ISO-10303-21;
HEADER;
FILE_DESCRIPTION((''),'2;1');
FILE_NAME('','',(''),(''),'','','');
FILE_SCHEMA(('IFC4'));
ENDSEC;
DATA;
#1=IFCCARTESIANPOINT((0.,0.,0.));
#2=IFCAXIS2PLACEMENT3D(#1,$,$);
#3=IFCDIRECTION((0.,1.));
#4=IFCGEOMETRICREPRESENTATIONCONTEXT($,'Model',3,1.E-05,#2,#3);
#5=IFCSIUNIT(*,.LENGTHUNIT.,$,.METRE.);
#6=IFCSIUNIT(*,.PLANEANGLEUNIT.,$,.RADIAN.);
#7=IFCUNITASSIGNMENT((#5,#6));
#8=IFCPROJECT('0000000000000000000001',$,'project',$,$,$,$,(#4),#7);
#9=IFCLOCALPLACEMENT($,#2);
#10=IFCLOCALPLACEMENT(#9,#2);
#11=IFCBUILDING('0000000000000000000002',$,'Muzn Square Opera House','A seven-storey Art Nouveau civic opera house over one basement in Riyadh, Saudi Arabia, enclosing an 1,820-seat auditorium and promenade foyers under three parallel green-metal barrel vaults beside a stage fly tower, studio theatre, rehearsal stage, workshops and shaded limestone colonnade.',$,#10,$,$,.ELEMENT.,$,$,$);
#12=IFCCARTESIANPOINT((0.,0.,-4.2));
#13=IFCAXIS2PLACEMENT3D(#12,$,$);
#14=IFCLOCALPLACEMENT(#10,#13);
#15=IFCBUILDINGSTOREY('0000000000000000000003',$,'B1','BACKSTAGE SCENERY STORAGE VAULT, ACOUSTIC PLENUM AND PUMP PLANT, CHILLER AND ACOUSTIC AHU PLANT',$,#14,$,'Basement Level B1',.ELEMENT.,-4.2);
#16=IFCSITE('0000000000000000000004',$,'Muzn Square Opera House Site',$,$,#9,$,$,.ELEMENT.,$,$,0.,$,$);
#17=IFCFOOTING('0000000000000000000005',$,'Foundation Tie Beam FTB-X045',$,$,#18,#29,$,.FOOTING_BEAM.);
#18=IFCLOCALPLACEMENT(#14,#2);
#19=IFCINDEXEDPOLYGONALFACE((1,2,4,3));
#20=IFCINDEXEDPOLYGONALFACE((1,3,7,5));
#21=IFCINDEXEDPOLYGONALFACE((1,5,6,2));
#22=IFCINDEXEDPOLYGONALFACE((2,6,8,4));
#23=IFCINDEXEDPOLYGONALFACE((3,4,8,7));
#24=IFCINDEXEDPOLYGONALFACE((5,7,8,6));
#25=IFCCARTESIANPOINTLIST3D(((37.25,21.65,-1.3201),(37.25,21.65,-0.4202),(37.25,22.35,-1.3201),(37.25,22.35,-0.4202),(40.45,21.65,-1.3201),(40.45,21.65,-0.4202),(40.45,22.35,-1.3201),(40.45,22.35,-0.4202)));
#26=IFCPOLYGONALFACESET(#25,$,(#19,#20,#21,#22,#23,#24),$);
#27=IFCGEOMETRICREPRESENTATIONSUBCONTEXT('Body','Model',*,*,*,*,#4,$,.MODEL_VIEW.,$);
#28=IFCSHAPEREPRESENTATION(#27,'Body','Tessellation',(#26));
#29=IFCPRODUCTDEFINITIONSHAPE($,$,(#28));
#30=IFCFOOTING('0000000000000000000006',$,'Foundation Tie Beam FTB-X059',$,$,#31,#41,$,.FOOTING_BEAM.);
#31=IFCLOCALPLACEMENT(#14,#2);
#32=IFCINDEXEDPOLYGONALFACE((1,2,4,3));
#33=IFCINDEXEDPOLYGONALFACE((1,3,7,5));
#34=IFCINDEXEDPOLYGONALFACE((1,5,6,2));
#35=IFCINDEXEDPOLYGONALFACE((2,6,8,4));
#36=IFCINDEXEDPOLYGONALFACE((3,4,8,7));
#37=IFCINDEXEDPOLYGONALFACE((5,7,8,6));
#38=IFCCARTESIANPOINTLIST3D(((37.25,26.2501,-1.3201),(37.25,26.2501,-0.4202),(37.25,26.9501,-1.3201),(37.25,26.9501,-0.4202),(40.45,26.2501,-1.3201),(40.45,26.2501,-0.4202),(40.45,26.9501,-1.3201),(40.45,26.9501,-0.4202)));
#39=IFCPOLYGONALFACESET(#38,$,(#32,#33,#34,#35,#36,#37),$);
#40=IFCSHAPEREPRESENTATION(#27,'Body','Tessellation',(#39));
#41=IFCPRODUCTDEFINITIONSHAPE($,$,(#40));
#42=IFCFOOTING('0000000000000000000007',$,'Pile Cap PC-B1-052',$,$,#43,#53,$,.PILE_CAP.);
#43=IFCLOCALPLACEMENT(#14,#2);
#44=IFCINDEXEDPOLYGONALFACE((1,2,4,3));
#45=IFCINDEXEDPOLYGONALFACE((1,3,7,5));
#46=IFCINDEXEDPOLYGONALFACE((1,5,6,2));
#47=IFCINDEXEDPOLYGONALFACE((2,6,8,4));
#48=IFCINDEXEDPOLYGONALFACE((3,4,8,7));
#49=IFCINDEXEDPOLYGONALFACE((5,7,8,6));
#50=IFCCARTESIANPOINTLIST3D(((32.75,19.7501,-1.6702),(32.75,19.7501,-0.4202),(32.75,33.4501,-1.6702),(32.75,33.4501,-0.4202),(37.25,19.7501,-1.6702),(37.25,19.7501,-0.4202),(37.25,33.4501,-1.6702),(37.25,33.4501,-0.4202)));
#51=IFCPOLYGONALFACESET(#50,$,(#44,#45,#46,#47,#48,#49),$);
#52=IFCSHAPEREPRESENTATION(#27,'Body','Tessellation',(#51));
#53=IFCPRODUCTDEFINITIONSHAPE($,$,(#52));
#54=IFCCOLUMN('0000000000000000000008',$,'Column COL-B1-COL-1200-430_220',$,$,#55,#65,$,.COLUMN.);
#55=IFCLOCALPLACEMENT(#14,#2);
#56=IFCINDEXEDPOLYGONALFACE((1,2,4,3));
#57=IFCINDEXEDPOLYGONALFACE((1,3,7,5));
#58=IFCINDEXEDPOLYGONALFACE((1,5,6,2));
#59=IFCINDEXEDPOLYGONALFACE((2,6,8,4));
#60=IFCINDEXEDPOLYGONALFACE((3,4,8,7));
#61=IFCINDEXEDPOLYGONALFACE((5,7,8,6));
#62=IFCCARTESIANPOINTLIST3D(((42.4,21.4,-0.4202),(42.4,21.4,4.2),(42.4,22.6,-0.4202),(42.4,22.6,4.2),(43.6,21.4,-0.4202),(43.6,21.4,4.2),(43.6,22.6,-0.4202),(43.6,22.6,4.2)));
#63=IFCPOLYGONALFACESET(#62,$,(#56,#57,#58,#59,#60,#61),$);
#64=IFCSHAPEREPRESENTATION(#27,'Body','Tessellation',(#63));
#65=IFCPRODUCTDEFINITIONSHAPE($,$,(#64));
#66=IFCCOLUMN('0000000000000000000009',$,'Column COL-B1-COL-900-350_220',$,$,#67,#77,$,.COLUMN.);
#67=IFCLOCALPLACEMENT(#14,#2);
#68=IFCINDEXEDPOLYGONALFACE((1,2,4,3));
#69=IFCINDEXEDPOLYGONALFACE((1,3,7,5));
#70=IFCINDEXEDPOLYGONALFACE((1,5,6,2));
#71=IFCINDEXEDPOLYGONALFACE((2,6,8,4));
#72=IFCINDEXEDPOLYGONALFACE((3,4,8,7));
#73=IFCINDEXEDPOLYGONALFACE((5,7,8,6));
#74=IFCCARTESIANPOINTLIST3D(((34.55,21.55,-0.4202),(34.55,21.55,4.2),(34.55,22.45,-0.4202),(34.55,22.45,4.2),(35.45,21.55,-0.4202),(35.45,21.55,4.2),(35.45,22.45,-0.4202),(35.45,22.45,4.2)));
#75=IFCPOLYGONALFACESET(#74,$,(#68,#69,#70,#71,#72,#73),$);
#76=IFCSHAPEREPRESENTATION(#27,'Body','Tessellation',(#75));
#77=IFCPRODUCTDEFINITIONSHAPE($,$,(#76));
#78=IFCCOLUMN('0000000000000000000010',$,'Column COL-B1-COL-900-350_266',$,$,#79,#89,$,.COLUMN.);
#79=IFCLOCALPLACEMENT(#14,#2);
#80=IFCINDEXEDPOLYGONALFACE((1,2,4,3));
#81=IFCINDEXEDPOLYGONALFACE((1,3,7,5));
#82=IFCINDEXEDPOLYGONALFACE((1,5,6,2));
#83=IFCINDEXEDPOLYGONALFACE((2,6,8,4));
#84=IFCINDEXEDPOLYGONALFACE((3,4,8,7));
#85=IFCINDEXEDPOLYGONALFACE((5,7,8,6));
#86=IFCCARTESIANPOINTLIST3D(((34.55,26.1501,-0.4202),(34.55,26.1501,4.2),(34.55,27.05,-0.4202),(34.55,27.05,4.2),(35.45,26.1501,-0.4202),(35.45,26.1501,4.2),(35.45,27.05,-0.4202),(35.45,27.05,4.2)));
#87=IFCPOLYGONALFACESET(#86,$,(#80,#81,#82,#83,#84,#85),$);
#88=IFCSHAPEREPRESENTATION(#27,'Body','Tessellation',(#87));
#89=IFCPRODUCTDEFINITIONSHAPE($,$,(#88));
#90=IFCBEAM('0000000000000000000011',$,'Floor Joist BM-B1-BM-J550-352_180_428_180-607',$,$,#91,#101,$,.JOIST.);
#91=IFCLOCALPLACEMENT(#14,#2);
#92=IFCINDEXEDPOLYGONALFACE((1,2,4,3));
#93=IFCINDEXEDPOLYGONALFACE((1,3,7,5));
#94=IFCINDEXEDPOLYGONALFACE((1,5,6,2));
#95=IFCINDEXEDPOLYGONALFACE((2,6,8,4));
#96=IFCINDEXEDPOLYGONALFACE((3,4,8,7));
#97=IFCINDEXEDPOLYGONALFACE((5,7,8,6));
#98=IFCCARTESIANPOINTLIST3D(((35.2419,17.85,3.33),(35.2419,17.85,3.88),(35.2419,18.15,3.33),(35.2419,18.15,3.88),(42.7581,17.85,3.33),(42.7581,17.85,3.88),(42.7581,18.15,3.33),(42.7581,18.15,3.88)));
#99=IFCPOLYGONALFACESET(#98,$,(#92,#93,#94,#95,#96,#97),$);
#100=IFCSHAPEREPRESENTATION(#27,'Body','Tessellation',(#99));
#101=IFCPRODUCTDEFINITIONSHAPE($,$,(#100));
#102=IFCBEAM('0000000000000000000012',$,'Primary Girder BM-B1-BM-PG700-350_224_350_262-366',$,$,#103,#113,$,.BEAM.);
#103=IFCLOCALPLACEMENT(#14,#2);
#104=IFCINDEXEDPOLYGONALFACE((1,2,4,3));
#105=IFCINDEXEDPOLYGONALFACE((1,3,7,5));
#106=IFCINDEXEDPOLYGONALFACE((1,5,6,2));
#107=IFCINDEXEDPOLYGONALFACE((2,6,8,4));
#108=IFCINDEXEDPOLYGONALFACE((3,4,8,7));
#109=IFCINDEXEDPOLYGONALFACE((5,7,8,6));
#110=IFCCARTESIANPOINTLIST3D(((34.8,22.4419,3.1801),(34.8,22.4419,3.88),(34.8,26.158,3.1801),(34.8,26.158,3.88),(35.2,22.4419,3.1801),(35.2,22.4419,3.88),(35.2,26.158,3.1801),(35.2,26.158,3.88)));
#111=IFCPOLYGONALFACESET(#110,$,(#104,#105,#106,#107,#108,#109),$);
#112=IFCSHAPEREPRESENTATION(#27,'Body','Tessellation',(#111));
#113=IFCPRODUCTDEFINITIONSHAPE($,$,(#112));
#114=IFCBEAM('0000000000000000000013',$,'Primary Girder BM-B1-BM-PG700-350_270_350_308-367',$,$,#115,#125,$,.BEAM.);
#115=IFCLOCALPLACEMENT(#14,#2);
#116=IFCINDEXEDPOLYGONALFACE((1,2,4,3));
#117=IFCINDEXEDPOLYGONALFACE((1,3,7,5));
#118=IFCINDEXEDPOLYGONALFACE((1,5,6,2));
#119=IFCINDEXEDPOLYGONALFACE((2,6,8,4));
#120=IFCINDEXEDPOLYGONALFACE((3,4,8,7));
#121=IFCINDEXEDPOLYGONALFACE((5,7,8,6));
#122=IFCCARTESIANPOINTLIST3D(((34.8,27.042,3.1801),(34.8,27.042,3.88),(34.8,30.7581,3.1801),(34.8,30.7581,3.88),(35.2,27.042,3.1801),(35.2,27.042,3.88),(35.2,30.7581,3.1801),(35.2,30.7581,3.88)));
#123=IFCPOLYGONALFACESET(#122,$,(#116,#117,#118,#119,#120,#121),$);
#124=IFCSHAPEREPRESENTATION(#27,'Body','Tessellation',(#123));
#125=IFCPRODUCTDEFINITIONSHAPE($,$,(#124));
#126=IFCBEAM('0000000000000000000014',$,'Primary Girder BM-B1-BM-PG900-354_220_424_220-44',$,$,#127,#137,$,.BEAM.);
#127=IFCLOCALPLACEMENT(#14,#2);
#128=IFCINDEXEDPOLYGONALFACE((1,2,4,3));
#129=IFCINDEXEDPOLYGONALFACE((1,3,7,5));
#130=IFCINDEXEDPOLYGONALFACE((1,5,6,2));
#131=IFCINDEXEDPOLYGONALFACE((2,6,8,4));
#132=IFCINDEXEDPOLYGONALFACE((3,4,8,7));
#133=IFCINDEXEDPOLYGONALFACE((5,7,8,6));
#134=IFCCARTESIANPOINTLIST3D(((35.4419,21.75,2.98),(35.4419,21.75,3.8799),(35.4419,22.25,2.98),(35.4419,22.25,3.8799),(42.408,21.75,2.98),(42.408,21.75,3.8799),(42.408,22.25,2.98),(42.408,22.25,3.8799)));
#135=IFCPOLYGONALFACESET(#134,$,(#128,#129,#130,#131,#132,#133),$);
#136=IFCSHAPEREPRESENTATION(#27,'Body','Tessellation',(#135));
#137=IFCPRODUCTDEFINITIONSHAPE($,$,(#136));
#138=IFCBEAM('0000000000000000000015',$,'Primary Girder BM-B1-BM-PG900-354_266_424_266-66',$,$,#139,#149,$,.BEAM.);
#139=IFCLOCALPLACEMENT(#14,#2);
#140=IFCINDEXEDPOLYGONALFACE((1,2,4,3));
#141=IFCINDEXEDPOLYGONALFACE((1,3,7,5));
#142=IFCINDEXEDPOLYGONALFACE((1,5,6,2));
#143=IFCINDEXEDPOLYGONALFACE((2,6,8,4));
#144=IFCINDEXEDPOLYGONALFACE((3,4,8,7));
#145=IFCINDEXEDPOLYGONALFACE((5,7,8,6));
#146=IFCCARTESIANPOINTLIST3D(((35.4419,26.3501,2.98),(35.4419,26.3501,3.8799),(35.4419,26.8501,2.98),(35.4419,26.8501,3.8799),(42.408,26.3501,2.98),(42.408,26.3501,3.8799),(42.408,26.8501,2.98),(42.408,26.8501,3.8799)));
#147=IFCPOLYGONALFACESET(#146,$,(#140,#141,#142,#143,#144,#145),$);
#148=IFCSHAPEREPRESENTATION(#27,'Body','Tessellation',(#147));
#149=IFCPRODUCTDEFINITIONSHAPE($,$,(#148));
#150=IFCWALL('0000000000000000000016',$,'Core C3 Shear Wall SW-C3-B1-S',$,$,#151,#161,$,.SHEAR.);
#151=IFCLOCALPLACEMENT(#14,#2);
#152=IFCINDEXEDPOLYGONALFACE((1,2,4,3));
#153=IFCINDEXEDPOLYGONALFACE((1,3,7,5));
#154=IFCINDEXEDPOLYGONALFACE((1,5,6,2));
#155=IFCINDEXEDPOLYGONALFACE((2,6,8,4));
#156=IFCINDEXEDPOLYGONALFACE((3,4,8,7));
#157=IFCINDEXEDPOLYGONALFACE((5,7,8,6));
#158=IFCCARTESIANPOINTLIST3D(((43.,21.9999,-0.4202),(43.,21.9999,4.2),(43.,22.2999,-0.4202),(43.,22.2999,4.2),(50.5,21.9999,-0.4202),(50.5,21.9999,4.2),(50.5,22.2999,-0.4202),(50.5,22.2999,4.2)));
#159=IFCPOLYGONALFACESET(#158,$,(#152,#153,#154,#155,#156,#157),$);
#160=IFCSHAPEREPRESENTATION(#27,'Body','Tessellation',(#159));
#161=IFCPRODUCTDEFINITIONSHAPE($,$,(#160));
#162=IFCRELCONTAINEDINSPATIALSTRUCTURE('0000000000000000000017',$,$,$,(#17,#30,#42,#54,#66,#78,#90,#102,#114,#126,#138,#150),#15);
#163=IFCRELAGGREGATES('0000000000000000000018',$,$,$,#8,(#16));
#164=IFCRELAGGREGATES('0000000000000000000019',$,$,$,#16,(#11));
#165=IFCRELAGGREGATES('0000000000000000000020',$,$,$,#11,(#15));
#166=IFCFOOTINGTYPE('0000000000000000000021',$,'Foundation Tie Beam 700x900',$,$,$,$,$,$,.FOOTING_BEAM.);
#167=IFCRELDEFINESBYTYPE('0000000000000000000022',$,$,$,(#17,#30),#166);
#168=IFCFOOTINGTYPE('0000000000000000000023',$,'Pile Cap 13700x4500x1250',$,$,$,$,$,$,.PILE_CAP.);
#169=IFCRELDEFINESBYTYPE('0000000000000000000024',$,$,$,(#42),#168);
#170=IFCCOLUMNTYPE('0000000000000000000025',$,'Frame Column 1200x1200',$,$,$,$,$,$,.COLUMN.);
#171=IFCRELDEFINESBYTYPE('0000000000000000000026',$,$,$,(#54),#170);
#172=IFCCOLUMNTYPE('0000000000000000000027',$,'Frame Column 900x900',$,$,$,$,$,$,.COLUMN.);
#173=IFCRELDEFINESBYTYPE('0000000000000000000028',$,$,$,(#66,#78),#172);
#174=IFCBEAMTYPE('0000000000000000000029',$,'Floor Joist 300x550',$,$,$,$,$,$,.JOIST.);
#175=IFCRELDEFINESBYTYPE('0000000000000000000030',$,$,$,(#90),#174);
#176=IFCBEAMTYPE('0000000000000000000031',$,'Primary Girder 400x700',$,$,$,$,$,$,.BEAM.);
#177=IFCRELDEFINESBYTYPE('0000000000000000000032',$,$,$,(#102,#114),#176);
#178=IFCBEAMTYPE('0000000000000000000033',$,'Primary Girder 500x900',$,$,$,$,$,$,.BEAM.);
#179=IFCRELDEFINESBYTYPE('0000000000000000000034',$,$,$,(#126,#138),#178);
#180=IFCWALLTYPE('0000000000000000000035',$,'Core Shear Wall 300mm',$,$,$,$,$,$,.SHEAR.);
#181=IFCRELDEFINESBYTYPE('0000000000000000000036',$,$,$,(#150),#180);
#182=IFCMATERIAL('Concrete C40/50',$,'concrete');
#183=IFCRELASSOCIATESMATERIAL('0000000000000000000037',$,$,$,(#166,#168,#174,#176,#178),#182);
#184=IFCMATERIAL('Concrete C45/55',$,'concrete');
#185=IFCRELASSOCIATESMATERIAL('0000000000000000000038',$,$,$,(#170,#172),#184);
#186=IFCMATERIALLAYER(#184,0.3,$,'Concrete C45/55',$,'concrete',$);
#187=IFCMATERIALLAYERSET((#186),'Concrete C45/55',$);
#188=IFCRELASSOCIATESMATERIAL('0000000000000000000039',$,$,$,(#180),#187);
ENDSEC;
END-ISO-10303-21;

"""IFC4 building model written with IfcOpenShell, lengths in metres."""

from ifc_helpers import new_model, si_unit, direction, frame, frame_2d, origin, origin_2d, place, context, subcontext, project, spatial, rectangle, extrude, material, layer, layer_set, material_profile, profile_set, type_object, element, save


model = new_model("IFC4")

# Units and contexts
model_context = context("Model", 3, precision=1e-05, world=origin(), true_north=direction((0.0, 1.0)))
body_context = subcontext(model_context, "Body", "Model", "MODEL_VIEW")
ifc_project = project(units=[si_unit("LENGTHUNIT", "METRE"), si_unit("PLANEANGLEUNIT", "RADIAN")], contexts=[model_context])

# Site, building, storey
site_placement = place(None, origin())
site = spatial("IfcSite", under=ifc_project, at=site_placement, Name="Muzn Square Opera House Site", CompositionType="ELEMENT", RefElevation=0.0)
building_placement = place(site_placement, origin())
building = spatial("IfcBuilding", under=site, at=building_placement, Name="Muzn Square Opera House", Description="A seven-storey Art Nouveau civic opera house over one basement in Riyadh, Saudi Arabia, enclosing an 1,820-seat auditorium and promenade foyers under three parallel green-metal barrel vaults beside a stage fly tower, studio theatre, rehearsal stage, workshops and shaded limestone colonnade.", CompositionType="ELEMENT")
storey_placement = place(building_placement, frame((0.0, 0.0, -4.2)))
storey = spatial("IfcBuildingStorey", under=building, at=storey_placement, Name="B1", Description="BACKSTAGE SCENERY STORAGE VAULT, ACOUSTIC PLENUM AND PUMP PLANT, CHILLER AND ACOUSTIC AHU PLANT", LongName="Basement Level B1", CompositionType="ELEMENT", Elevation=-4.2)

# Shared definitions
ifc_material_1 = material(Name="Concrete C40/50", Category="concrete")

# Footings
ifc_material_profile_1 = material_profile(ifc_material_1, rectangle(XDim=0.7, YDim=0.8999, at=origin_2d()), Name="RCTB 700x900", Category="concrete")
ifc_profile_set_1 = profile_set([ifc_material_profile_1], Name="Concrete C40/50")
footing_type_1 = type_object("IfcFootingType", Name="Foundation Tie Beam 700x900", PredefinedType="FOOTING_BEAM", material=ifc_profile_set_1)
for number, where, z_axis, x_axis, name in (
    (1, (37.25, 22.0, -0.8701), (1.0, 0.0, 0.0), (0.0, 1.0, 0.0), "Foundation Tie Beam FTB-X045"),
    (2, (37.25, 26.6001, -0.8701), (1.0, 0.0, 0.0), (0.0, 1.0, 0.0), "Foundation Tie Beam FTB-X059"),
):
    element("IfcFooting", number, at=place(storey_placement, frame(where, z_axis=z_axis, x_axis=x_axis)), inside=storey, type_object=footing_type_1, Name=name, PredefinedType="FOOTING_BEAM", context=body_context, shape_type="SweptSolid", body=[
        extrude(rectangle(XDim=0.7, YDim=0.8999, at=origin_2d()), origin(), (0.0, 0.0, 1.0), 3.2),
    ])
footing_type_2 = type_object("IfcFootingType", Name="Pile Cap 13700x4500x1250", PredefinedType="PILE_CAP", material=ifc_material_1)
footing_placement = place(storey_placement, frame((35.0, 26.6001, -1.6702), z_axis=(0.0, 0.0, 1.0), x_axis=(1.0, 0.0, 0.0)))
element("IfcFooting", 3, at=footing_placement, inside=storey, type_object=footing_type_2, Name="Pile Cap PC-B1-052", PredefinedType="PILE_CAP", context=body_context, shape_type="SweptSolid", body=[
    extrude(rectangle(XDim=4.5, YDim=13.7, at=origin_2d()), origin(), (0.0, 0.0, 1.0), 1.25),
])

# Columns
ifc_material_2 = material(Name="Concrete C45/55", Category="concrete")
ifc_material_profile_2 = material_profile(ifc_material_2, rectangle(XDim=1.2, YDim=1.2, at=origin_2d()), Name="RC 1200x1200", Category="concrete")
ifc_profile_set_2 = profile_set([ifc_material_profile_2], Name="Concrete C45/55")
column_type_1 = type_object("IfcColumnType", Name="Frame Column 1200x1200", PredefinedType="COLUMN", material=ifc_profile_set_2)
column_placement = place(storey_placement, frame((43.0, 22.0, -0.4202), z_axis=(0.0, 0.0, 1.0), x_axis=(1.0, 0.0, 0.0)))
element("IfcColumn", 4, at=column_placement, inside=storey, type_object=column_type_1, Name="Column COL-B1-COL-1200-430_220", PredefinedType="COLUMN", context=body_context, shape_type="SweptSolid", body=[
    extrude(rectangle(XDim=1.2, YDim=1.2, at=origin_2d()), origin(), (0.0, 0.0, 1.0), 4.6201),
])
ifc_material_profile_3 = material_profile(ifc_material_2, rectangle(XDim=0.8999, YDim=0.8999, at=origin_2d()), Name="RC 900x900", Category="concrete")
ifc_profile_set_3 = profile_set([ifc_material_profile_3], Name="Concrete C45/55")
column_type_2 = type_object("IfcColumnType", Name="Frame Column 900x900", PredefinedType="COLUMN", material=ifc_profile_set_3)
for number, where, z_axis, x_axis, name in (
    (5, (35.0, 22.0, -0.4202), (0.0, 0.0, 1.0), (1.0, 0.0, 0.0), "Column COL-B1-COL-900-350_220"),
    (6, (35.0, 26.6001, -0.4202), (0.0, 0.0, 1.0), (1.0, 0.0, 0.0), "Column COL-B1-COL-900-350_266"),
):
    element("IfcColumn", number, at=place(storey_placement, frame(where, z_axis=z_axis, x_axis=x_axis)), inside=storey, type_object=column_type_2, Name=name, PredefinedType="COLUMN", context=body_context, shape_type="SweptSolid", body=[
        extrude(rectangle(XDim=0.8999, YDim=0.8999, at=origin_2d()), origin(), (0.0, 0.0, 1.0), 4.6201),
    ])

# Beams
ifc_material_profile_4 = material_profile(ifc_material_1, rectangle(XDim=0.3, YDim=0.55, at=origin_2d()), Name="RCJ 300x550", Category="concrete")
ifc_profile_set_4 = profile_set([ifc_material_profile_4], Name="Concrete C40/50")
beam_type_1 = type_object("IfcBeamType", Name="Floor Joist 300x550", PredefinedType="JOIST", material=ifc_profile_set_4)
beam_placement = place(storey_placement, frame((35.2419, 18.0, 3.605), z_axis=(1.0, 0.0, 0.0), x_axis=(0.0, 1.0, 0.0)))
element("IfcBeam", 7, at=beam_placement, inside=storey, type_object=beam_type_1, Name="Floor Joist BM-B1-BM-J550-352_180_428_180-607", PredefinedType="JOIST", context=body_context, shape_type="SweptSolid", body=[
    extrude(rectangle(XDim=0.3, YDim=0.55, at=origin_2d()), origin(), (0.0, 0.0, 1.0), 7.5161),
])
ifc_material_profile_5 = material_profile(ifc_material_1, rectangle(XDim=0.3999, YDim=0.7, at=origin_2d()), Name="RCB 400x700", Category="concrete")
ifc_profile_set_5 = profile_set([ifc_material_profile_5], Name="Concrete C40/50")
beam_type_2 = type_object("IfcBeamType", Name="Primary Girder 400x700", PredefinedType="BEAM", material=ifc_profile_set_5)
for number, where, z_axis, x_axis, name in (
    (8, (35.0, 22.4419, 3.53), (0.0, 1.0, 0.0), (-1.0, 0.0, 0.0), "Primary Girder BM-B1-BM-PG700-350_224_350_262-366"),
    (9, (35.0, 27.042, 3.53), (0.0, 1.0, 0.0), (-1.0, 0.0, 0.0), "Primary Girder BM-B1-BM-PG700-350_270_350_308-367"),
):
    element("IfcBeam", number, at=place(storey_placement, frame(where, z_axis=z_axis, x_axis=x_axis)), inside=storey, type_object=beam_type_2, Name=name, PredefinedType="BEAM", context=body_context, shape_type="SweptSolid", body=[
        extrude(rectangle(XDim=0.3999, YDim=0.7, at=origin_2d()), origin(), (0.0, 0.0, 1.0), 3.7161),
    ])
ifc_material_profile_6 = material_profile(ifc_material_1, rectangle(XDim=0.5, YDim=0.8999, at=origin_2d()), Name="RCB 500x900", Category="concrete")
ifc_profile_set_6 = profile_set([ifc_material_profile_6], Name="Concrete C40/50")
beam_type_3 = type_object("IfcBeamType", Name="Primary Girder 500x900", PredefinedType="BEAM", material=ifc_profile_set_6)
for number, where, z_axis, x_axis, name in (
    (10, (35.4419, 22.0, 3.4299), (1.0, 0.0, 0.0), (0.0, 1.0, 0.0), "Primary Girder BM-B1-BM-PG900-354_220_424_220-44"),
    (11, (35.4419, 26.6001, 3.4299), (1.0, 0.0, 0.0), (0.0, 1.0, 0.0), "Primary Girder BM-B1-BM-PG900-354_266_424_266-66"),
):
    element("IfcBeam", number, at=place(storey_placement, frame(where, z_axis=z_axis, x_axis=x_axis)), inside=storey, type_object=beam_type_3, Name=name, PredefinedType="BEAM", context=body_context, shape_type="SweptSolid", body=[
        extrude(rectangle(XDim=0.5, YDim=0.8999, at=origin_2d()), origin(), (0.0, 0.0, 1.0), 6.9661),
    ])

# Wall
ifc_layer = layer(ifc_material_2, 0.3, Name="Concrete C45/55", Category="concrete")
ifc_layer_set = layer_set([ifc_layer], Name="Concrete C45/55")
wall_type = type_object("IfcWallType", Name="Core Shear Wall 300mm", PredefinedType="SHEAR", material=ifc_layer_set)
wall_placement = place(storey_placement, frame((43.0, 22.1499, -0.4202), z_axis=(0.0, 0.0, 1.0), x_axis=(1.0, 0.0, 0.0)))
element("IfcWall", 12, at=wall_placement, inside=storey, type_object=wall_type, Name="Core C3 Shear Wall SW-C3-B1-S", PredefinedType="SHEAR", context=body_context, shape_type="SweptSolid", body=[
    extrude(rectangle(XDim=7.5, YDim=0.3, at=frame_2d((3.75, 0.0))), origin(), (0.0, 0.0, 1.0), 4.6201),
])

save(model, "model.ifc")
